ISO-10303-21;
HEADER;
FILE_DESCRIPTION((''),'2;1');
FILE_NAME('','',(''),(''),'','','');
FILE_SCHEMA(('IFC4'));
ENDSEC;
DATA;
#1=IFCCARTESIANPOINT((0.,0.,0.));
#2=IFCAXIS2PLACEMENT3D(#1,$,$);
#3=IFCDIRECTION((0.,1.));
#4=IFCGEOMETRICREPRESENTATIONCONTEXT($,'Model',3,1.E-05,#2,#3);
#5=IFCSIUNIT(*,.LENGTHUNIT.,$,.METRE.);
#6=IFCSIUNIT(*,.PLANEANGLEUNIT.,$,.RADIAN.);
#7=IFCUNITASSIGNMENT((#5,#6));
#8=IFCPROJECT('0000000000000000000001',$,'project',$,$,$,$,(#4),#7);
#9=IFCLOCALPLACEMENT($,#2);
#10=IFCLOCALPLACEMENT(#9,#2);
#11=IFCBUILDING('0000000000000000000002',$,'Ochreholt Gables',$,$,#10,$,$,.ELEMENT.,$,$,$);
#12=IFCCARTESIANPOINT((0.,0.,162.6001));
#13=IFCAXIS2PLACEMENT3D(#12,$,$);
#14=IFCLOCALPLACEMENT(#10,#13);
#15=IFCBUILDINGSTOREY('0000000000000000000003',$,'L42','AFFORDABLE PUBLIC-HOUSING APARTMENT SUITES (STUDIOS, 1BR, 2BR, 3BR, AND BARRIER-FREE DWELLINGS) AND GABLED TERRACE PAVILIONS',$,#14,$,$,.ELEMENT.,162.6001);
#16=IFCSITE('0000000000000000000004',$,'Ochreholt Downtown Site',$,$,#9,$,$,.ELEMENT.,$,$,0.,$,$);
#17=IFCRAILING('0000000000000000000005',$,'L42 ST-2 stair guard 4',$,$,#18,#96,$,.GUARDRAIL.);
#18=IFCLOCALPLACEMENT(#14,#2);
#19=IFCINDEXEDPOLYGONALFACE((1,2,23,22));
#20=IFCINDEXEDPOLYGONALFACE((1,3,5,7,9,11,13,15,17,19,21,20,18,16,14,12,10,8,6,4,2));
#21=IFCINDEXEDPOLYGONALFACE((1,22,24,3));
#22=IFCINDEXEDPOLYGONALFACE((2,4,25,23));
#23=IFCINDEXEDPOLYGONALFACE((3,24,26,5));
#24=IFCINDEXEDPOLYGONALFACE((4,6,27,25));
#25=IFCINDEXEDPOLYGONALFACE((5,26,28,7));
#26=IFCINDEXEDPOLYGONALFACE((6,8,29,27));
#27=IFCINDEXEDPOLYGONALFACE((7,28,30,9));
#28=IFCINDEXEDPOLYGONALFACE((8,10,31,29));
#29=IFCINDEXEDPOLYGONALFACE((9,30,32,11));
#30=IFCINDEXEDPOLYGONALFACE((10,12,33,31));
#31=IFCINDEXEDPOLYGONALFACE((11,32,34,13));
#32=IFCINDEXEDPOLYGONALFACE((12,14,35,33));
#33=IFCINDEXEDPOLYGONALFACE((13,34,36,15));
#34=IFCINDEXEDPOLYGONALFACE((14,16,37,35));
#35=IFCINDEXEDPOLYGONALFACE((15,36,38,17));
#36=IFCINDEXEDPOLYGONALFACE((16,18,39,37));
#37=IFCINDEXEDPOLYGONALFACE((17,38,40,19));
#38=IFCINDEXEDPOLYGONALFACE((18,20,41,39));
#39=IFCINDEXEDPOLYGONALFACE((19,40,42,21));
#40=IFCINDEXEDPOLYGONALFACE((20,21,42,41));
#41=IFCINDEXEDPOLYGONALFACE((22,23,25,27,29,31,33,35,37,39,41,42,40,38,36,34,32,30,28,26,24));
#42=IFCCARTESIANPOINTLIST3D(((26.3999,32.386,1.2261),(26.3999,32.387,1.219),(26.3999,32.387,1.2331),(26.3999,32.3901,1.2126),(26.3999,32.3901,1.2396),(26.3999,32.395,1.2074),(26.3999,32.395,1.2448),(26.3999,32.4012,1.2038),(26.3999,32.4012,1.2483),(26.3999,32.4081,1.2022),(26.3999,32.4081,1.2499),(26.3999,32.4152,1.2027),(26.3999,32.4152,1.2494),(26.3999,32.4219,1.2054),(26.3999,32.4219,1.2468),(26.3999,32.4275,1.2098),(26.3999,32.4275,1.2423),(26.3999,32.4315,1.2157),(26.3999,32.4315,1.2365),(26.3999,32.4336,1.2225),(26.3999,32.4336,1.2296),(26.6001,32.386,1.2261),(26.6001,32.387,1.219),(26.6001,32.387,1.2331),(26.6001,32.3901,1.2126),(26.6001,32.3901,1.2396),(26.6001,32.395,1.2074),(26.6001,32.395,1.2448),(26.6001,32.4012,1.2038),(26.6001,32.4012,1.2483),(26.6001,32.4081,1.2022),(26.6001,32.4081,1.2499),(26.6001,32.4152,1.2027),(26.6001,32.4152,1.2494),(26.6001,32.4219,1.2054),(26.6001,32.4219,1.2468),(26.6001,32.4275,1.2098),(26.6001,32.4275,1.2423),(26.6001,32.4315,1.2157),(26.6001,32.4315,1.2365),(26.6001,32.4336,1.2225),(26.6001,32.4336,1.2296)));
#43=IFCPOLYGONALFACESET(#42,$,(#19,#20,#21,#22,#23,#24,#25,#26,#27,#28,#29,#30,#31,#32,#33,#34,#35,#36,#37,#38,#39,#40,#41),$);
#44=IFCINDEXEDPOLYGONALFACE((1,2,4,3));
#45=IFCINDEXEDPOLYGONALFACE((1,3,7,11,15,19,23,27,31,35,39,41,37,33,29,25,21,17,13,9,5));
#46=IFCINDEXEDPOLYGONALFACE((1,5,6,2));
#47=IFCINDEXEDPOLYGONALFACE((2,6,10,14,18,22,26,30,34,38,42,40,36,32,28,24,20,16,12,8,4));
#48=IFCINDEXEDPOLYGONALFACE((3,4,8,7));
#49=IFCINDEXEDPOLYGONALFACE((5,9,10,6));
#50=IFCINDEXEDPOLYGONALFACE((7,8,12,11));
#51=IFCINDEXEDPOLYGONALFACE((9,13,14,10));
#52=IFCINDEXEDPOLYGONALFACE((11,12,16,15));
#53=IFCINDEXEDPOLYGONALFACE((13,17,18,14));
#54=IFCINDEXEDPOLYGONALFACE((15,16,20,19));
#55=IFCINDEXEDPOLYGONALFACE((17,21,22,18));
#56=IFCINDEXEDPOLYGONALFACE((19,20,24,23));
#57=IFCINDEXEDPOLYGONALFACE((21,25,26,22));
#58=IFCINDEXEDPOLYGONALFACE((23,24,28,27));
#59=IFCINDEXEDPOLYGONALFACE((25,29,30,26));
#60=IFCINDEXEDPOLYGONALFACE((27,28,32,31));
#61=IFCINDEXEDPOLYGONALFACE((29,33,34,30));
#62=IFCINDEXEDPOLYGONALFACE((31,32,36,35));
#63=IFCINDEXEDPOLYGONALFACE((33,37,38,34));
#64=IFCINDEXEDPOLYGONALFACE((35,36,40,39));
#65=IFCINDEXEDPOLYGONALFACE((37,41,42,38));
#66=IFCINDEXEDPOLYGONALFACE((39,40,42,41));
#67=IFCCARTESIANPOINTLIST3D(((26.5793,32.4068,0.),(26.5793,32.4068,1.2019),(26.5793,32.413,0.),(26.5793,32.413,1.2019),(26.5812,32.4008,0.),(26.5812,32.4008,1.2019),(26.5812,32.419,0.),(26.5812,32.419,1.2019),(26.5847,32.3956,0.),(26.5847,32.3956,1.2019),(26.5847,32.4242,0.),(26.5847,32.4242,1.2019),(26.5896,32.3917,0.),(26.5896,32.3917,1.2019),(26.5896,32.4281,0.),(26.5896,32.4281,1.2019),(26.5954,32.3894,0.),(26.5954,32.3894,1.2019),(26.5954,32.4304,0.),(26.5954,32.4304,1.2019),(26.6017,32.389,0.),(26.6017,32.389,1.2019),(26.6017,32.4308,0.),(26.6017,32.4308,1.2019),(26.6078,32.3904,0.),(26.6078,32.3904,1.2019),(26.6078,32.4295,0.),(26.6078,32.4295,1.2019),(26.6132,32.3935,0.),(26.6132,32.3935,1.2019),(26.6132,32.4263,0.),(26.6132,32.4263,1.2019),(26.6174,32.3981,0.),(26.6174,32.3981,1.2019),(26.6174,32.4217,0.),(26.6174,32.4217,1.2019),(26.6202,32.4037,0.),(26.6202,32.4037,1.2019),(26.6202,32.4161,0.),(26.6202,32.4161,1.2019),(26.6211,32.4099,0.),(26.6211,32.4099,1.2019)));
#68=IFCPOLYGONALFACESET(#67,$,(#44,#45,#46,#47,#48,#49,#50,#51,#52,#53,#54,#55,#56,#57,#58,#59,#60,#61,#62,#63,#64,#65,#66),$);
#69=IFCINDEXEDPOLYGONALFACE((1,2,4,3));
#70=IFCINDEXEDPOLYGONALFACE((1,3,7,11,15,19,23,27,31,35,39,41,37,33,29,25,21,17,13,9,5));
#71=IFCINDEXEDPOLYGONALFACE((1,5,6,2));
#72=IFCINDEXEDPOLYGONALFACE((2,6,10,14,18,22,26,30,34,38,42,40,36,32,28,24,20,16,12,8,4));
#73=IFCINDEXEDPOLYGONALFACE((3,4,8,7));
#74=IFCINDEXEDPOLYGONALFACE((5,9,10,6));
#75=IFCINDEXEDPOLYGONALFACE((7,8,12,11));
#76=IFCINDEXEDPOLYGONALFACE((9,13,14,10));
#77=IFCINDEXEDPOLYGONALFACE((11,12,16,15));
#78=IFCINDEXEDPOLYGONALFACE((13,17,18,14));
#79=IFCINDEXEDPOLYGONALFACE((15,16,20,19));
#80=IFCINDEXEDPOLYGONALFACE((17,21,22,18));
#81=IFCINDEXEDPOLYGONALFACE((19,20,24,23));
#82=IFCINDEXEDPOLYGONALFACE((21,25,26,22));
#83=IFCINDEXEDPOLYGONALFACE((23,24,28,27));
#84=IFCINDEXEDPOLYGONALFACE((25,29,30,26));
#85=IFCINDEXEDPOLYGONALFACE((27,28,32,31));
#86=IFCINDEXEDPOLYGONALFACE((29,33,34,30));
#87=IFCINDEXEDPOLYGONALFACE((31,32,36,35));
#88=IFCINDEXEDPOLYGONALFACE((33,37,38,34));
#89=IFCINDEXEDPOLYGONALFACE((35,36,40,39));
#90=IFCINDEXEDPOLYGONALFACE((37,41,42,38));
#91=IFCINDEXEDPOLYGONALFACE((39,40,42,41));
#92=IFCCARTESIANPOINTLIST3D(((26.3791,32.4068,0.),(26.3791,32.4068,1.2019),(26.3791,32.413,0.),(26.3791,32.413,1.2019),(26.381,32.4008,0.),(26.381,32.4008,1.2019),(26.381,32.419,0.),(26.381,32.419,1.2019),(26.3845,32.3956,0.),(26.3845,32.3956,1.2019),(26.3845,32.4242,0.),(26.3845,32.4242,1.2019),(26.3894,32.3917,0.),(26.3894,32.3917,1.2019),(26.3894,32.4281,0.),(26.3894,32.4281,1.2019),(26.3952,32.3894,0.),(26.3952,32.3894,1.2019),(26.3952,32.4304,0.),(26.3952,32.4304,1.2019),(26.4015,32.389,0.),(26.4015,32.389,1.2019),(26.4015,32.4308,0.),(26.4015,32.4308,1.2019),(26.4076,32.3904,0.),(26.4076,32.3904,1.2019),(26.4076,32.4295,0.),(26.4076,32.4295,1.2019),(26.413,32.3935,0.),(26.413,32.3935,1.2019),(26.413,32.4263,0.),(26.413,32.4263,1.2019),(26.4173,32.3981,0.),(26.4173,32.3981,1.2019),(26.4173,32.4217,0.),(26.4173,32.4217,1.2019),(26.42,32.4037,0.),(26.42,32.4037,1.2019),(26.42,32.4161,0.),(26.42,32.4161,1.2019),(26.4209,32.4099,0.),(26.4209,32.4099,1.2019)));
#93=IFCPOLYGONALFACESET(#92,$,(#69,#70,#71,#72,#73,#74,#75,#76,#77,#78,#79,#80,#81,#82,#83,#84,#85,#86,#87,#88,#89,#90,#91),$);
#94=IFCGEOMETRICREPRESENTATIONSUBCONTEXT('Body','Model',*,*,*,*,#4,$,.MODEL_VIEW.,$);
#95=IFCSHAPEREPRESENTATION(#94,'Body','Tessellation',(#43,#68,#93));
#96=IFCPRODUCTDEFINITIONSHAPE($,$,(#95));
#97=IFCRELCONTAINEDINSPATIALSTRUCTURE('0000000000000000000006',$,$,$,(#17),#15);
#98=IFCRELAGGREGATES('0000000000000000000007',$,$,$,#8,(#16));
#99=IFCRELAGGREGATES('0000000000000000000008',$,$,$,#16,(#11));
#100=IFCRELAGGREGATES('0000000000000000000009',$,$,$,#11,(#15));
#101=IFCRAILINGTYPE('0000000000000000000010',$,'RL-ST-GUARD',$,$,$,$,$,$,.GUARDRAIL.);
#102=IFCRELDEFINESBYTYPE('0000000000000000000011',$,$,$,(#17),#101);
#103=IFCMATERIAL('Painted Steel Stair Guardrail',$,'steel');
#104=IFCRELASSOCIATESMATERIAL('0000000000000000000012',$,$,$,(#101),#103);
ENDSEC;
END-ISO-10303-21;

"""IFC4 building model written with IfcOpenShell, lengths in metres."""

from ifc_helpers import new_model, si_unit, direction, frame, origin, origin_2d, place, context, subcontext, project, spatial, circle, extrude, material, type_object, element, save


model = new_model("IFC4")

# Units and contexts
model_context = context("Model", 3, precision=1e-05, world=origin(), true_north=direction((0.0, 1.0)))
body_context = subcontext(model_context, "Body", "Model", "MODEL_VIEW")
ifc_project = project(units=[si_unit("LENGTHUNIT", "METRE"), si_unit("PLANEANGLEUNIT", "RADIAN")], contexts=[model_context])

# Site, building, storey
site_placement = place(None, origin())
site = spatial("IfcSite", under=ifc_project, at=site_placement, Name="Ochreholt Downtown Site", CompositionType="ELEMENT", RefElevation=0.0)
building_placement = place(site_placement, origin())
building = spatial("IfcBuilding", under=site, at=building_placement, Name="Ochreholt Gables", CompositionType="ELEMENT")
storey_placement = place(building_placement, frame((0.0, 0.0, 162.6001)))
storey = spatial("IfcBuildingStorey", under=building, at=storey_placement, Name="L42", Description="AFFORDABLE PUBLIC-HOUSING APARTMENT SUITES (STUDIOS, 1BR, 2BR, 3BR, AND BARRIER-FREE DWELLINGS) AND GABLED TERRACE PAVILIONS", CompositionType="ELEMENT", Elevation=162.6001)

# Railing
ifc_material_1 = material(Name="Painted Steel Stair Guardrail", Category="steel")
railing_type = type_object("IfcRailingType", Name="RL-ST-GUARD", PredefinedType="GUARDRAIL", material=ifc_material_1)
railing_placement = place(storey_placement, frame((26.6001, 32.4099, 0.0)))
element("IfcRailing", 1, at=railing_placement, inside=storey, type_object=railing_type, Name="L42 ST-2 stair guard 4", PredefinedType="GUARDRAIL", context=body_context, shape_type="SweptSolid", body=[
    extrude(circle(Radius=0.0239, at=origin_2d()), frame((0.0, 0.0, 1.2261), z_axis=(-1.0, 0.0, 0.0), x_axis=(0.0, -1.0, 0.0)), (0.0, 0.0, 1.0), 0.2002),
    extrude(circle(Radius=0.021, at=origin_2d()), origin(), (0.0, 0.0, 1.0), 1.2019),
    extrude(circle(Radius=0.021, at=origin_2d()), frame((-0.2002, 0.0, 0.0)), (0.0, 0.0, 1.0), 1.2019),
])

save(model, "model.ifc")
